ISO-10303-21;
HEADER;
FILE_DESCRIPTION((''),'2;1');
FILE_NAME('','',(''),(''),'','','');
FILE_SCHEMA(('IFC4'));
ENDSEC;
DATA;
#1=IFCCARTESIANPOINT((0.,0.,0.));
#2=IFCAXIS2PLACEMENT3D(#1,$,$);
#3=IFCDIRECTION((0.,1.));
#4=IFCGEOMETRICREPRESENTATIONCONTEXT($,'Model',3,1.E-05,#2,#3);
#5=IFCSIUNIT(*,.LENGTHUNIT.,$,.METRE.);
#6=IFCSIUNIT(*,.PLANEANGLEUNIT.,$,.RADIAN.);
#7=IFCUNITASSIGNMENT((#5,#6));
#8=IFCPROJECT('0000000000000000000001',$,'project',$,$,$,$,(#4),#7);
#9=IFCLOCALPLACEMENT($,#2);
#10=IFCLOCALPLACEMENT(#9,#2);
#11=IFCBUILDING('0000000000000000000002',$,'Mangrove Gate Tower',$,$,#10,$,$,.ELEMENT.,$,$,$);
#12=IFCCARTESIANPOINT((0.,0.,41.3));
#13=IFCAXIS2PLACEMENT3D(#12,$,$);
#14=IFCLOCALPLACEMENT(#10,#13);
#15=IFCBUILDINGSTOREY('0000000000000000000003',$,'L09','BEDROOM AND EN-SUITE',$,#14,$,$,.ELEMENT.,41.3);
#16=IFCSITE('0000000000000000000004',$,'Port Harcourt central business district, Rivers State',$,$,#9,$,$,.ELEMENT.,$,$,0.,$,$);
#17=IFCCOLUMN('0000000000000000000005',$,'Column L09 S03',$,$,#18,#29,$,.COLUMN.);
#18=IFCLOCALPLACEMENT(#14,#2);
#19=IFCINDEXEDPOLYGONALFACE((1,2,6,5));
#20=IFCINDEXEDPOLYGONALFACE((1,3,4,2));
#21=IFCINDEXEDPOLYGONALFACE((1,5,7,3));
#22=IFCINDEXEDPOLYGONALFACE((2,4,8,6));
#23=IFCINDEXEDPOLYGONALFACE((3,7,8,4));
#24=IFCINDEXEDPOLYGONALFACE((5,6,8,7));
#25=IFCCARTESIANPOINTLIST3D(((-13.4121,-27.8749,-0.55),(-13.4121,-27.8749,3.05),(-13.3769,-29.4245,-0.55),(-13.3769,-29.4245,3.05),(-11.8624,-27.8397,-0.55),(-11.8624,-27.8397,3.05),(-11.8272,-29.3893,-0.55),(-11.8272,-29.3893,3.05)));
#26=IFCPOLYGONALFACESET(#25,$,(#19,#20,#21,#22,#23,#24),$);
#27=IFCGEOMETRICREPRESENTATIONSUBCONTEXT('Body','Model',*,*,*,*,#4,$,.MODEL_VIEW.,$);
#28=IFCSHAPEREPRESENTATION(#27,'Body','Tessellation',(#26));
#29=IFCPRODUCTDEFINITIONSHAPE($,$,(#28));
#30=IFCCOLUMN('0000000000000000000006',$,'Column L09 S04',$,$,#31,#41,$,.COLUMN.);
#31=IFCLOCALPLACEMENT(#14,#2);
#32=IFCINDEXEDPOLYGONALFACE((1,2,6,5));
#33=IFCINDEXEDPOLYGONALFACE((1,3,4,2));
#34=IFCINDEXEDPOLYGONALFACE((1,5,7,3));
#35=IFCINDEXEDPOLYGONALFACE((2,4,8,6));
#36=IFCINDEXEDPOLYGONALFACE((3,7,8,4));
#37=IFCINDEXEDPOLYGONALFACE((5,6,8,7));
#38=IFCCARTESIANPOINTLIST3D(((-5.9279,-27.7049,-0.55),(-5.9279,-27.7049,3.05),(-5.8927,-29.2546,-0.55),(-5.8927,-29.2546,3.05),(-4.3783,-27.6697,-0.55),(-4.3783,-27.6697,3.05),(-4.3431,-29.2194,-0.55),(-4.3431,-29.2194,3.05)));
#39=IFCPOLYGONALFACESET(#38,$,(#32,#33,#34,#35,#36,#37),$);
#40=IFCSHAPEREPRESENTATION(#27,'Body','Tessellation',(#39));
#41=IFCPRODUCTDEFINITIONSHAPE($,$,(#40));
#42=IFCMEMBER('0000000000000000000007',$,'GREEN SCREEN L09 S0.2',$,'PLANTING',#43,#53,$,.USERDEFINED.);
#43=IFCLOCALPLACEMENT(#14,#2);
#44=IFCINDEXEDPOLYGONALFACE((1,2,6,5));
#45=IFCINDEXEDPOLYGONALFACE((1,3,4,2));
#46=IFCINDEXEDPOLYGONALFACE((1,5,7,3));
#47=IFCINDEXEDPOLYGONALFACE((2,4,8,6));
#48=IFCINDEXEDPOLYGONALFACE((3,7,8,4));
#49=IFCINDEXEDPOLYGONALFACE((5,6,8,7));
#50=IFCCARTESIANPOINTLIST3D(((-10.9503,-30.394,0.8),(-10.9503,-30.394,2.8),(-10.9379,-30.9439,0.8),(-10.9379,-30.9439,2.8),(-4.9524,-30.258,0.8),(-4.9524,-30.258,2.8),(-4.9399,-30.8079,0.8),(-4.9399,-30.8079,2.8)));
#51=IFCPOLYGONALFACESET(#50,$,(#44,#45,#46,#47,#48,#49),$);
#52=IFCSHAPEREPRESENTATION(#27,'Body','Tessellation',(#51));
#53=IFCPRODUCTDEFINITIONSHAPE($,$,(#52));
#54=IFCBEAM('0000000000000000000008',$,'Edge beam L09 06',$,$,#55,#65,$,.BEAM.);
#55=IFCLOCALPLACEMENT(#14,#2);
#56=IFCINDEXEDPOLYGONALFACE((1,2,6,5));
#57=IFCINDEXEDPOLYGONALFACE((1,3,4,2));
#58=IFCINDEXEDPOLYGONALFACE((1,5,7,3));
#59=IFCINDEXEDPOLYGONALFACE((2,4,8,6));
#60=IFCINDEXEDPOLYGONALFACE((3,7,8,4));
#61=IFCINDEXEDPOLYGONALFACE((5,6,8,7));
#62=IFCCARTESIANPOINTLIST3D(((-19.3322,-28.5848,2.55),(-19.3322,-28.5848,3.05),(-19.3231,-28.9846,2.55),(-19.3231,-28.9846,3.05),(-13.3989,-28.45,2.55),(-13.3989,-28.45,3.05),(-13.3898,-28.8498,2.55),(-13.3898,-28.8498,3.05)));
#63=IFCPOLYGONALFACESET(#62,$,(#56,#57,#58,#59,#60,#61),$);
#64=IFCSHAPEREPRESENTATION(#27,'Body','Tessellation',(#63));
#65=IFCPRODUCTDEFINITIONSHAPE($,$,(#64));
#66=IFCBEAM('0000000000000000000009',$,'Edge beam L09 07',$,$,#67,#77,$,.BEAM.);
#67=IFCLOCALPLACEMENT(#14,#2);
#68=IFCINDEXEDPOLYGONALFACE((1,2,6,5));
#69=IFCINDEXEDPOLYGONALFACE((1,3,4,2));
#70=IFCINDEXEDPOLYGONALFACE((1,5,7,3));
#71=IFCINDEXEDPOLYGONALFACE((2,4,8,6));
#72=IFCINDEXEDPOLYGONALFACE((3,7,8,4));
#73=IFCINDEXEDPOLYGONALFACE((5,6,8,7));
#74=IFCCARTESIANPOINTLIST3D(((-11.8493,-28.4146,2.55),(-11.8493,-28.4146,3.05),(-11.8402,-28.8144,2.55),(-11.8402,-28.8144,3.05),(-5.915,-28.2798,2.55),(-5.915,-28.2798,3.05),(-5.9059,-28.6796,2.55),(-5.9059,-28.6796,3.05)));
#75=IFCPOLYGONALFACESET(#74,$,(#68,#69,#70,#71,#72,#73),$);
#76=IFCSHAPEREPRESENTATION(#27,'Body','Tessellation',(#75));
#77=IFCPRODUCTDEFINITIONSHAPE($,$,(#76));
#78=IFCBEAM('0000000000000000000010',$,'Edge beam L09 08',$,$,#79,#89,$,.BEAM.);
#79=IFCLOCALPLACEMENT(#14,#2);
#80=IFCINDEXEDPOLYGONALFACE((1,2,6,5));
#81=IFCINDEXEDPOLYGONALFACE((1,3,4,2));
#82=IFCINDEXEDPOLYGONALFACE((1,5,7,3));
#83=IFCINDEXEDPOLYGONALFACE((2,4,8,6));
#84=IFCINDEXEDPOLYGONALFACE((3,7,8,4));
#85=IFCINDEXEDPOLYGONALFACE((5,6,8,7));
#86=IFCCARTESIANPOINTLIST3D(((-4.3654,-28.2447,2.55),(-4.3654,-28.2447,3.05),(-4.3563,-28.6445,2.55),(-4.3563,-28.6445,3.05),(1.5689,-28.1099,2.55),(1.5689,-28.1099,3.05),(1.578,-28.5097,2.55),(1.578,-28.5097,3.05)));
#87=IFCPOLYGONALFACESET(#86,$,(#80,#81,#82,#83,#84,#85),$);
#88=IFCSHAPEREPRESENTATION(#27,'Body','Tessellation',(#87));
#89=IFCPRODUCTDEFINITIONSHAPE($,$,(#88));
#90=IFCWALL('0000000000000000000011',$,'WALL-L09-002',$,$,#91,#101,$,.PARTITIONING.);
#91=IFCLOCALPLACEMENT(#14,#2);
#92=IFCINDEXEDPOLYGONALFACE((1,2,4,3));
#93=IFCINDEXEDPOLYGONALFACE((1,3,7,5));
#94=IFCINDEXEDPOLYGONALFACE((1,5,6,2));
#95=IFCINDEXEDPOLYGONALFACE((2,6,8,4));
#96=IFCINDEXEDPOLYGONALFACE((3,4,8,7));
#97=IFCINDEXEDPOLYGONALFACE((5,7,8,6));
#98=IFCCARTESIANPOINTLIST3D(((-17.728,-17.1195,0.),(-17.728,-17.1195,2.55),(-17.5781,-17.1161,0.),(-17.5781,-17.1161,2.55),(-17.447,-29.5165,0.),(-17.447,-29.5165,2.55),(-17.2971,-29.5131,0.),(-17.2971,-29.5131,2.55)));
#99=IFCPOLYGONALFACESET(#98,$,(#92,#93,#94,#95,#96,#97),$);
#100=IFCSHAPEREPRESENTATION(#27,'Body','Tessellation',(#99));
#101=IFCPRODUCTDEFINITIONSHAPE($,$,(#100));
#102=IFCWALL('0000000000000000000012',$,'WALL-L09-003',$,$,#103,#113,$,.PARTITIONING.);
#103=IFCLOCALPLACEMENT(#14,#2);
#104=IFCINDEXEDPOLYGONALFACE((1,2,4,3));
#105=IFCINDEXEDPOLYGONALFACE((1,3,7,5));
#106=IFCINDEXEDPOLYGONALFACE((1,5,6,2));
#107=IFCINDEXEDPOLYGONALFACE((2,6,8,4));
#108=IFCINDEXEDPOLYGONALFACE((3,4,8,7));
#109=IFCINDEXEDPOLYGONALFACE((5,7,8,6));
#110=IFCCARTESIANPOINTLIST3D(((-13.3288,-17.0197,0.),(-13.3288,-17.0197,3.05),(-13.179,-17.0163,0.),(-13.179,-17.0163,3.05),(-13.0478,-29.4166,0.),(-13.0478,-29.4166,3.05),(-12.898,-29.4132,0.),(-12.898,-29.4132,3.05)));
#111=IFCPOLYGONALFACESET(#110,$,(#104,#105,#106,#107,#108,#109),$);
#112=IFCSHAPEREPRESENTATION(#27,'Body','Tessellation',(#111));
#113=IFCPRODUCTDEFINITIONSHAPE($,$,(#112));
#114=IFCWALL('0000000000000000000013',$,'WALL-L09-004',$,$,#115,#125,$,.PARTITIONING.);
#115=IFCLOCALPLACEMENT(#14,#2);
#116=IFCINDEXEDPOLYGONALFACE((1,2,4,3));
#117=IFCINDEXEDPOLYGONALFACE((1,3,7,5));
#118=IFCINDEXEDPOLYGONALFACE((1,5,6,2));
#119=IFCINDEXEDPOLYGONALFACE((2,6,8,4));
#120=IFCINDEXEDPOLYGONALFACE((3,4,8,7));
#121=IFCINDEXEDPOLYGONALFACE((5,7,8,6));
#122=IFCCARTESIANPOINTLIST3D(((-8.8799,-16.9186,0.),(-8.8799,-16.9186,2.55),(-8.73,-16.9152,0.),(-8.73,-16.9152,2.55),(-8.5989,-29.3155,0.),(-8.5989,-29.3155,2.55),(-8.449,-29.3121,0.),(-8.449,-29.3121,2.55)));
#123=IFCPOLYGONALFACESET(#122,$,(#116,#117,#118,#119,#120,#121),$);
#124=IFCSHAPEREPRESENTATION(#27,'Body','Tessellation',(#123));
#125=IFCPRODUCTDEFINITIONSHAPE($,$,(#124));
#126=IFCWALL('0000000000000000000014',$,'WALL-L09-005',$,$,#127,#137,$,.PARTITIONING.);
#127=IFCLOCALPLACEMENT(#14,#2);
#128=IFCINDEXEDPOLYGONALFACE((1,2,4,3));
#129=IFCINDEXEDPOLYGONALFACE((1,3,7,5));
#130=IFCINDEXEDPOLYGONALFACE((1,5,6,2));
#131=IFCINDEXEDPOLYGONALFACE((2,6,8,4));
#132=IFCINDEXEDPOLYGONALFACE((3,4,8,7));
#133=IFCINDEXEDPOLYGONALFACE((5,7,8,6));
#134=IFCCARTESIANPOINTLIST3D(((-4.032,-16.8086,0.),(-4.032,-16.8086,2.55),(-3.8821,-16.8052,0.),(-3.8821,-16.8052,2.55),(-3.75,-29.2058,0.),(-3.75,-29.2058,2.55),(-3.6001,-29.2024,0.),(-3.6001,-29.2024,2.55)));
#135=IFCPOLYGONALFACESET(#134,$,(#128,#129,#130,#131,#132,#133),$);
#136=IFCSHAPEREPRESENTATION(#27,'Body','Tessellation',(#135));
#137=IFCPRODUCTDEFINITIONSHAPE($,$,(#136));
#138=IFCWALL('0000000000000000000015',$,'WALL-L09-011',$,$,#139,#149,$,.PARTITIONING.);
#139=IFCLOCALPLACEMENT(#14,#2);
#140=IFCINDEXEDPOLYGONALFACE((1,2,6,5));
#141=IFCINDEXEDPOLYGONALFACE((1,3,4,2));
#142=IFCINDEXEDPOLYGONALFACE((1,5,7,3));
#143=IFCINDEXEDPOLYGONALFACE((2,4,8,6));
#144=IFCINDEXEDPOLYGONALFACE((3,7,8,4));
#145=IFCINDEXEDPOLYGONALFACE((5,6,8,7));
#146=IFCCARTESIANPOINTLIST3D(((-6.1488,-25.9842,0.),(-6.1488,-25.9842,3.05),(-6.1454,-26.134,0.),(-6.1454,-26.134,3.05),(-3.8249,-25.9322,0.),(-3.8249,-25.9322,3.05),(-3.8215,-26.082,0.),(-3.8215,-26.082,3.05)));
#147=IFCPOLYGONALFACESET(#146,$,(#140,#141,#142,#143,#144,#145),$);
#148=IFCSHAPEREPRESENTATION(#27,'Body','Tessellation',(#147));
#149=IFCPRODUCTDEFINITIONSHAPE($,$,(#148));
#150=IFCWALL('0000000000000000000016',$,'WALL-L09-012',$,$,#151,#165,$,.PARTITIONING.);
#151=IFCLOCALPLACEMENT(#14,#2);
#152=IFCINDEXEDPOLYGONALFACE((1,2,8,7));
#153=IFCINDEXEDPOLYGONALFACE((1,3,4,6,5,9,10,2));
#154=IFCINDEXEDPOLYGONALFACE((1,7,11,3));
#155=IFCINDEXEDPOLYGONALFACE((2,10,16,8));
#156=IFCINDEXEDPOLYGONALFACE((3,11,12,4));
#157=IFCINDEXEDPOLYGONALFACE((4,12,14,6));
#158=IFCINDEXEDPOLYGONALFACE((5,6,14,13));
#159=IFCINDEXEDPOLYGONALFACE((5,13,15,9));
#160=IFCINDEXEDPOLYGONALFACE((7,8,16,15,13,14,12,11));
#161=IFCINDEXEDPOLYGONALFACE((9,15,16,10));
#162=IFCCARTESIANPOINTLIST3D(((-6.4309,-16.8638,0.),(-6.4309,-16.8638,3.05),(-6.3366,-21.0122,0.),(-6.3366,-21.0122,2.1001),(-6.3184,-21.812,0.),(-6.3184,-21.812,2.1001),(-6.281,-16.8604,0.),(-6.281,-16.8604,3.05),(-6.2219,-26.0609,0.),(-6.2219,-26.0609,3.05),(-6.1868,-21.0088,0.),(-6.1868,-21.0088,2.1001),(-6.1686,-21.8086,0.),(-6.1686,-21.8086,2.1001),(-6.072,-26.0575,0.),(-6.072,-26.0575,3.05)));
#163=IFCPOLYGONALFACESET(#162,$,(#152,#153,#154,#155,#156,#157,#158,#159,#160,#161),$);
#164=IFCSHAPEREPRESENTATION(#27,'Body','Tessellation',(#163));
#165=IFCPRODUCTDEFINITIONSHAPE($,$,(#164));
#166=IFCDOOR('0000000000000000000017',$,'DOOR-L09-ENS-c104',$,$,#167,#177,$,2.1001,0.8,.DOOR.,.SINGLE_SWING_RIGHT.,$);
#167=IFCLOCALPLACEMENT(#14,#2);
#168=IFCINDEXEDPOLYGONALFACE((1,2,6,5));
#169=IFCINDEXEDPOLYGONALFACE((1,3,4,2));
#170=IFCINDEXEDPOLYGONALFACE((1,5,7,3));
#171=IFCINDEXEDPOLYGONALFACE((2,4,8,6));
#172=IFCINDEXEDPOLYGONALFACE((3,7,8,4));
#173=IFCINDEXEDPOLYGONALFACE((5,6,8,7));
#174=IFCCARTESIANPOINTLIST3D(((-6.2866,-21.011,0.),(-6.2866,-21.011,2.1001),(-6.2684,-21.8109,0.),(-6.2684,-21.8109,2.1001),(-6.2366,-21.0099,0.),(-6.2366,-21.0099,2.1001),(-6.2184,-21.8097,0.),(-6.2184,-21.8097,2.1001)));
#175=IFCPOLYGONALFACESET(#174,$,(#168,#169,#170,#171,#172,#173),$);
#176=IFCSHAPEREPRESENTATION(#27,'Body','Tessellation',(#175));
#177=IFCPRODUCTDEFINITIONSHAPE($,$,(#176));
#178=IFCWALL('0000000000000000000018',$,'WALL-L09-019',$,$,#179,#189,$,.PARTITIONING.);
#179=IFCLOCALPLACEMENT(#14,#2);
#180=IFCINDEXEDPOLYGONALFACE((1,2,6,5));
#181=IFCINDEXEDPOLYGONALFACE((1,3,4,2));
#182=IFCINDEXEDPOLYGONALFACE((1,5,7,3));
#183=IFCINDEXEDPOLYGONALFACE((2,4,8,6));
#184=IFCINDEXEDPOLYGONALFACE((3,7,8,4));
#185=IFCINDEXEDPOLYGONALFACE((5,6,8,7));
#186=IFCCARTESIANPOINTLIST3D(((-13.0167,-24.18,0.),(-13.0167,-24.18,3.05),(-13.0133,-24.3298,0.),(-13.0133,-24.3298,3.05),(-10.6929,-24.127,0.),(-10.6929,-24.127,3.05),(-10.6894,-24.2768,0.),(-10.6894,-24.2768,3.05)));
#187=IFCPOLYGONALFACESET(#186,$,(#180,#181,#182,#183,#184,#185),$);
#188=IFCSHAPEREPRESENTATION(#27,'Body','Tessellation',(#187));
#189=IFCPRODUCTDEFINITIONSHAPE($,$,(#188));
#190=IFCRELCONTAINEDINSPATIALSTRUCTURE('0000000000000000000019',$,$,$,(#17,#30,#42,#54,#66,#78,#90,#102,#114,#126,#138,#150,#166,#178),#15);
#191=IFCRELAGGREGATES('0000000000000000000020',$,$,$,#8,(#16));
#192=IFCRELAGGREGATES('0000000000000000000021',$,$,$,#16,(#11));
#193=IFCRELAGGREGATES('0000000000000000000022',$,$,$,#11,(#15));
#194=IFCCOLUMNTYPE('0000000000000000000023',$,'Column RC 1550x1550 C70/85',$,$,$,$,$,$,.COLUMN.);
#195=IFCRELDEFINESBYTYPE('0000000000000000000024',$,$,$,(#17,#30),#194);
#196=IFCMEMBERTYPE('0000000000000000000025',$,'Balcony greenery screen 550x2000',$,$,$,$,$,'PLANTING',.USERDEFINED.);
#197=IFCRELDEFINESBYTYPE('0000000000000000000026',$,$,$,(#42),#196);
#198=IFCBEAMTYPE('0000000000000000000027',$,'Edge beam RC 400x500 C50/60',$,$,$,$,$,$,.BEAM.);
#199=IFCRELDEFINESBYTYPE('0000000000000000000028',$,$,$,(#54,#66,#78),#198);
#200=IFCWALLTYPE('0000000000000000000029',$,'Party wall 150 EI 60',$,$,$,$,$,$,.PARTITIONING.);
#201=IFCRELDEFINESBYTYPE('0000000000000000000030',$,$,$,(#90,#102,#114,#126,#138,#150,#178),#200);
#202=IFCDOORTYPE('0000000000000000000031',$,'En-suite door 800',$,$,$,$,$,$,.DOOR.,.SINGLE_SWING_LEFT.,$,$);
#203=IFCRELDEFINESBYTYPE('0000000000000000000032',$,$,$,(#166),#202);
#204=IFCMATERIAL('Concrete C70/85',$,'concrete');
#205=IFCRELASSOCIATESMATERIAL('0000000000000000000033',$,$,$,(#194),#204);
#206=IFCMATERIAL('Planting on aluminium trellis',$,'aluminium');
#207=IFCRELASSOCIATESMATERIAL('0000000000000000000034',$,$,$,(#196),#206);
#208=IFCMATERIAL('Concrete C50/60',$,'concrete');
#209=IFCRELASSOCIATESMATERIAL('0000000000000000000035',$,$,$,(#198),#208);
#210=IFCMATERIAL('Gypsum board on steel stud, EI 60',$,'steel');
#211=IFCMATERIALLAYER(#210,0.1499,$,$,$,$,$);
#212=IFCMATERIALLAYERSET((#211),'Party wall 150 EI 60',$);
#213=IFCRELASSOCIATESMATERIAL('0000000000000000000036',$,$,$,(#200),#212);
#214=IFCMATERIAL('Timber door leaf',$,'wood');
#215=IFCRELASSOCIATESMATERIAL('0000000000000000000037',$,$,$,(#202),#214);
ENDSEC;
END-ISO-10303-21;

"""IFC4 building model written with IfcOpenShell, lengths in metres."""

from ifc_helpers import new_model, si_unit, direction, frame, frame_2d, origin, origin_2d, place, context, subcontext, project, spatial, rectangle, extrude, material, layer, layer_set, material_profile, profile_set, type_object, element, fill, save


model = new_model("IFC4")

# Units and contexts
model_context = context("Model", 3, precision=1e-05, world=origin(), true_north=direction((0.0, 1.0)))
body_context = subcontext(model_context, "Body", "Model", "MODEL_VIEW")
ifc_project = project(units=[si_unit("LENGTHUNIT", "METRE"), si_unit("PLANEANGLEUNIT", "RADIAN")], contexts=[model_context])

# Site, building, storey
site_placement = place(None, origin())
site = spatial("IfcSite", under=ifc_project, at=site_placement, Name="Port Harcourt central business district, Rivers State", CompositionType="ELEMENT", RefElevation=0.0)
building_placement = place(site_placement, origin())
building = spatial("IfcBuilding", under=site, at=building_placement, Name="Mangrove Gate Tower", CompositionType="ELEMENT")
storey_placement = place(building_placement, frame((0.0, 0.0, 41.3)))
storey = spatial("IfcBuildingStorey", under=building, at=storey_placement, Name="L09", Description="BEDROOM AND EN-SUITE", CompositionType="ELEMENT", Elevation=41.3)

# Columns
ifc_material_1 = material(Name="Concrete C70/85", Category="concrete")
ifc_material_profile_1 = material_profile(ifc_material_1, rectangle(XDim=1.55, YDim=1.55, at=origin_2d()))
ifc_profile_set_1 = profile_set([ifc_material_profile_1], Name="Concrete C70/85")
column_type = type_object("IfcColumnType", Name="Column RC 1550x1550 C70/85", PredefinedType="COLUMN", material=ifc_profile_set_1)
for number, where, z_axis, x_axis, name in (
    (1, (-12.6196, -28.6321, -0.55), (0.0, 0.0, 1.0), (0.999742, 0.022711, 0.0), "Column L09 S03"),
    (2, (-5.1355, -28.4622, -0.55), (0.0, 0.0, 1.0), (0.999742, 0.022709, 0.0), "Column L09 S04"),
):
    element("IfcColumn", number, at=place(storey_placement, frame(where, z_axis=z_axis, x_axis=x_axis)), inside=storey, type_object=column_type, Name=name, PredefinedType="COLUMN", context=body_context, shape_type="SweptSolid", body=[
        extrude(rectangle(XDim=1.55, YDim=1.55, at=origin_2d()), origin(), (0.0, 0.0, 1.0), 3.6001),
    ])

# Member
ifc_material_2 = material(Name="Planting on aluminium trellis", Category="aluminium")
ifc_material_profile_2 = material_profile(ifc_material_2, rectangle(XDim=0.55, YDim=2.0, at=origin_2d()))
ifc_profile_set_2 = profile_set([ifc_material_profile_2], Name="Planting on aluminium trellis")
member_type = type_object("IfcMemberType", Name="Balcony greenery screen 550x2000", ElementType="PLANTING", PredefinedType="USERDEFINED", material=ifc_profile_set_2)
member_placement = place(storey_placement, frame((-10.9441, -30.6689, 1.8), z_axis=(0.999743, 0.022666, 0.0), x_axis=(-0.022666, 0.999743, 0.0)))
element("IfcMember", 3, at=member_placement, inside=storey, type_object=member_type, Name="GREEN SCREEN L09 S0.2", ObjectType="PLANTING", PredefinedType="USERDEFINED", context=body_context, shape_type="SweptSolid", body=[
    extrude(rectangle(XDim=0.55, YDim=2.0, at=origin_2d()), origin(), (0.0, 0.0, 1.0), 5.9995),
])

# Beams
ifc_material_3 = material(Name="Concrete C50/60", Category="concrete")
ifc_material_profile_3 = material_profile(ifc_material_3, rectangle(XDim=0.3999, YDim=0.5, at=origin_2d()))
ifc_profile_set_3 = profile_set([ifc_material_profile_3], Name="Concrete C50/60")
beam_type = type_object("IfcBeamType", Name="Edge beam RC 400x500 C50/60", PredefinedType="BEAM", material=ifc_profile_set_3)
beam_placement = place(storey_placement, frame((-19.3276, -28.7847, 2.8), z_axis=(0.999742, 0.022707, 0.0), x_axis=(-0.022707, 0.999742, 0.0)))
element("IfcBeam", 4, at=beam_placement, inside=storey, type_object=beam_type, Name="Edge beam L09 06", PredefinedType="BEAM", context=body_context, shape_type="SweptSolid", body=[
    extrude(rectangle(XDim=0.3999, YDim=0.5, at=origin_2d()), origin(), (0.0, 0.0, 1.0), 5.9348),
])
for number, where, z_axis, x_axis, name in (
    (5, (-11.8447, -28.6145, 2.8), (0.999742, 0.022704, 0.0), (-0.022704, 0.999742, 0.0), "Edge beam L09 07"),
    (6, (-4.3608, -28.4446, 2.8), (0.999742, 0.022704, 0.0), (-0.022704, 0.999742, 0.0), "Edge beam L09 08"),
):
    element("IfcBeam", number, at=place(storey_placement, frame(where, z_axis=z_axis, x_axis=x_axis)), inside=storey, type_object=beam_type, Name=name, PredefinedType="BEAM", context=body_context, shape_type="SweptSolid", body=[
        extrude(rectangle(XDim=0.3999, YDim=0.5, at=origin_2d()), origin(), (0.0, 0.0, 1.0), 5.9358),
    ])

# Walls
ifc_material_4 = material(Name="Gypsum board on steel stud, EI 60", Category="steel")
ifc_layer_1 = layer(ifc_material_4, 0.1499)
ifc_layer_set_1 = layer_set([ifc_layer_1], Name="Party wall 150 EI 60")
wall_type_1 = type_object("IfcWallType", Name="Party wall 150 EI 60", PredefinedType="PARTITIONING", material=ifc_layer_set_1)
wall_1_placement = place(storey_placement, frame((-17.3721, -29.5149, 0.0), z_axis=(0.0, 0.0, 1.0), x_axis=(-0.022661, 0.999743, 0.0)))
element("IfcWall", 7, at=wall_1_placement, inside=storey, type_object=wall_type_1, Name="WALL-L09-002", PredefinedType="PARTITIONING", context=body_context, shape_type="SweptSolid", body=[
    extrude(rectangle(XDim=12.4001, YDim=0.1499, at=frame_2d((6.2002, 0.0))), origin(), (0.0, 0.0, 1.0), 2.55),
])
wall_2_placement = place(storey_placement, frame((-12.9729, -29.415, 0.0), z_axis=(0.0, 0.0, 1.0), x_axis=(-0.022661, 0.999743, 0.0)))
element("IfcWall", 8, at=wall_2_placement, inside=storey, type_object=wall_type_1, Name="WALL-L09-003", PredefinedType="PARTITIONING", context=body_context, shape_type="SweptSolid", body=[
    extrude(rectangle(XDim=12.4001, YDim=0.1499, at=frame_2d((6.2002, 0.0))), origin(), (0.0, 0.0, 1.0), 3.05),
])
wall_3_placement = place(storey_placement, frame((-8.5239, -29.314, 0.0), z_axis=(0.0, 0.0, 1.0), x_axis=(-0.022661, 0.999743, 0.0)))
element("IfcWall", 9, at=wall_3_placement, inside=storey, type_object=wall_type_1, Name="WALL-L09-004", PredefinedType="PARTITIONING", context=body_context, shape_type="SweptSolid", body=[
    extrude(rectangle(XDim=12.4001, YDim=0.1499, at=frame_2d((6.2002, 0.0))), origin(), (0.0, 0.0, 1.0), 2.55),
])
wall_4_placement = place(storey_placement, frame((-3.675, -29.2041, 0.0), z_axis=(0.0, 0.0, 1.0), x_axis=(-0.02274, 0.999741, 0.0)))
element("IfcWall", 10, at=wall_4_placement, inside=storey, type_object=wall_type_1, Name="WALL-L09-005", PredefinedType="PARTITIONING", context=body_context, shape_type="SweptSolid", body=[
    extrude(rectangle(XDim=12.4004, YDim=0.1499, at=frame_2d((6.2002, 0.0))), origin(), (0.0, 0.0, 1.0), 2.55),
])
wall_5_placement = place(storey_placement, frame((-6.147, -26.0591, 0.0), z_axis=(0.0, 0.0, 1.0), x_axis=(0.99975, 0.022371, 0.0)))
element("IfcWall", 11, at=wall_5_placement, inside=storey, type_object=wall_type_1, Name="WALL-L09-011", PredefinedType="PARTITIONING", context=body_context, shape_type="SweptSolid", body=[
    extrude(rectangle(XDim=2.3245, YDim=0.1499, at=frame_2d((1.1621, 0.0))), origin(), (0.0, 0.0, 1.0), 3.05),
])

# Wall, opening, door
wall_6_placement = place(storey_placement, frame((-6.147, -26.0591, 0.0), z_axis=(0.0, 0.0, 1.0), x_axis=(-0.022717, 0.999742, 0.0)))
wall_6 = element("IfcWall", 12, at=wall_6_placement, inside=storey, type_object=wall_type_1, Name="WALL-L09-012", PredefinedType="PARTITIONING", context=body_context, shape_type="SweptSolid", body=[
    extrude(rectangle(XDim=9.1995, YDim=0.1499, at=frame_2d((4.5996, 0.0))), origin(), (0.0, 0.0, 1.0), 3.05),
])
opening_1_placement = place(wall_6_placement, frame((4.25, 0.0, 0.0)))
opening_1 = element("IfcOpeningElement", 13, at=opening_1_placement, cuts=wall_6, PredefinedType="OPENING", context=body_context, shape_type="SweptSolid", body=[
    extrude(rectangle(XDim=0.8, YDim=2.1001, at=frame_2d((0.3999, 1.05))), frame((0.0, 0.085, 0.0), z_axis=(0.0, -1.0, 0.0), x_axis=(1.0, 0.0, 0.0)), (0.0, 0.0, 1.0), 0.1699),
])
ifc_material_5 = material(Name="Timber door leaf", Category="wood")
door_type = type_object("IfcDoorType", Name="En-suite door 800", OperationType="SINGLE_SWING_LEFT", PredefinedType="DOOR", material=ifc_material_5)
door_1_placement = place(opening_1_placement, origin())
door_1 = element("IfcDoor", 14, at=door_1_placement, inside=storey, type_object=door_type, Name="DOOR-L09-ENS-c104", OperationType="SINGLE_SWING_RIGHT", OverallHeight=2.1001, OverallWidth=0.8, PredefinedType="DOOR", context=body_context, shape_type="SweptSolid", body=[
    extrude(rectangle(XDim=0.8, YDim=2.1001, at=frame_2d((0.3999, 1.05))), frame((0.0, 0.0249, 0.0), z_axis=(0.0, -1.0, 0.0), x_axis=(1.0, 0.0, 0.0)), (0.0, 0.0, 1.0), 0.05),
])
fill(opening_1, door_1)

# Wall
wall_7_placement = place(storey_placement, frame((-13.0149, -24.2549, 0.0), z_axis=(0.0, 0.0, 1.0), x_axis=(0.99974, 0.022791, 0.0)))
element("IfcWall", 15, at=wall_7_placement, inside=storey, type_object=wall_type_1, Name="WALL-L09-019", PredefinedType="PARTITIONING", context=body_context, shape_type="SweptSolid", body=[
    extrude(rectangle(XDim=2.3245, YDim=0.1499, at=frame_2d((1.1621, 0.0))), origin(), (0.0, 0.0, 1.0), 3.05),
])

save(model, "model.ifc")
